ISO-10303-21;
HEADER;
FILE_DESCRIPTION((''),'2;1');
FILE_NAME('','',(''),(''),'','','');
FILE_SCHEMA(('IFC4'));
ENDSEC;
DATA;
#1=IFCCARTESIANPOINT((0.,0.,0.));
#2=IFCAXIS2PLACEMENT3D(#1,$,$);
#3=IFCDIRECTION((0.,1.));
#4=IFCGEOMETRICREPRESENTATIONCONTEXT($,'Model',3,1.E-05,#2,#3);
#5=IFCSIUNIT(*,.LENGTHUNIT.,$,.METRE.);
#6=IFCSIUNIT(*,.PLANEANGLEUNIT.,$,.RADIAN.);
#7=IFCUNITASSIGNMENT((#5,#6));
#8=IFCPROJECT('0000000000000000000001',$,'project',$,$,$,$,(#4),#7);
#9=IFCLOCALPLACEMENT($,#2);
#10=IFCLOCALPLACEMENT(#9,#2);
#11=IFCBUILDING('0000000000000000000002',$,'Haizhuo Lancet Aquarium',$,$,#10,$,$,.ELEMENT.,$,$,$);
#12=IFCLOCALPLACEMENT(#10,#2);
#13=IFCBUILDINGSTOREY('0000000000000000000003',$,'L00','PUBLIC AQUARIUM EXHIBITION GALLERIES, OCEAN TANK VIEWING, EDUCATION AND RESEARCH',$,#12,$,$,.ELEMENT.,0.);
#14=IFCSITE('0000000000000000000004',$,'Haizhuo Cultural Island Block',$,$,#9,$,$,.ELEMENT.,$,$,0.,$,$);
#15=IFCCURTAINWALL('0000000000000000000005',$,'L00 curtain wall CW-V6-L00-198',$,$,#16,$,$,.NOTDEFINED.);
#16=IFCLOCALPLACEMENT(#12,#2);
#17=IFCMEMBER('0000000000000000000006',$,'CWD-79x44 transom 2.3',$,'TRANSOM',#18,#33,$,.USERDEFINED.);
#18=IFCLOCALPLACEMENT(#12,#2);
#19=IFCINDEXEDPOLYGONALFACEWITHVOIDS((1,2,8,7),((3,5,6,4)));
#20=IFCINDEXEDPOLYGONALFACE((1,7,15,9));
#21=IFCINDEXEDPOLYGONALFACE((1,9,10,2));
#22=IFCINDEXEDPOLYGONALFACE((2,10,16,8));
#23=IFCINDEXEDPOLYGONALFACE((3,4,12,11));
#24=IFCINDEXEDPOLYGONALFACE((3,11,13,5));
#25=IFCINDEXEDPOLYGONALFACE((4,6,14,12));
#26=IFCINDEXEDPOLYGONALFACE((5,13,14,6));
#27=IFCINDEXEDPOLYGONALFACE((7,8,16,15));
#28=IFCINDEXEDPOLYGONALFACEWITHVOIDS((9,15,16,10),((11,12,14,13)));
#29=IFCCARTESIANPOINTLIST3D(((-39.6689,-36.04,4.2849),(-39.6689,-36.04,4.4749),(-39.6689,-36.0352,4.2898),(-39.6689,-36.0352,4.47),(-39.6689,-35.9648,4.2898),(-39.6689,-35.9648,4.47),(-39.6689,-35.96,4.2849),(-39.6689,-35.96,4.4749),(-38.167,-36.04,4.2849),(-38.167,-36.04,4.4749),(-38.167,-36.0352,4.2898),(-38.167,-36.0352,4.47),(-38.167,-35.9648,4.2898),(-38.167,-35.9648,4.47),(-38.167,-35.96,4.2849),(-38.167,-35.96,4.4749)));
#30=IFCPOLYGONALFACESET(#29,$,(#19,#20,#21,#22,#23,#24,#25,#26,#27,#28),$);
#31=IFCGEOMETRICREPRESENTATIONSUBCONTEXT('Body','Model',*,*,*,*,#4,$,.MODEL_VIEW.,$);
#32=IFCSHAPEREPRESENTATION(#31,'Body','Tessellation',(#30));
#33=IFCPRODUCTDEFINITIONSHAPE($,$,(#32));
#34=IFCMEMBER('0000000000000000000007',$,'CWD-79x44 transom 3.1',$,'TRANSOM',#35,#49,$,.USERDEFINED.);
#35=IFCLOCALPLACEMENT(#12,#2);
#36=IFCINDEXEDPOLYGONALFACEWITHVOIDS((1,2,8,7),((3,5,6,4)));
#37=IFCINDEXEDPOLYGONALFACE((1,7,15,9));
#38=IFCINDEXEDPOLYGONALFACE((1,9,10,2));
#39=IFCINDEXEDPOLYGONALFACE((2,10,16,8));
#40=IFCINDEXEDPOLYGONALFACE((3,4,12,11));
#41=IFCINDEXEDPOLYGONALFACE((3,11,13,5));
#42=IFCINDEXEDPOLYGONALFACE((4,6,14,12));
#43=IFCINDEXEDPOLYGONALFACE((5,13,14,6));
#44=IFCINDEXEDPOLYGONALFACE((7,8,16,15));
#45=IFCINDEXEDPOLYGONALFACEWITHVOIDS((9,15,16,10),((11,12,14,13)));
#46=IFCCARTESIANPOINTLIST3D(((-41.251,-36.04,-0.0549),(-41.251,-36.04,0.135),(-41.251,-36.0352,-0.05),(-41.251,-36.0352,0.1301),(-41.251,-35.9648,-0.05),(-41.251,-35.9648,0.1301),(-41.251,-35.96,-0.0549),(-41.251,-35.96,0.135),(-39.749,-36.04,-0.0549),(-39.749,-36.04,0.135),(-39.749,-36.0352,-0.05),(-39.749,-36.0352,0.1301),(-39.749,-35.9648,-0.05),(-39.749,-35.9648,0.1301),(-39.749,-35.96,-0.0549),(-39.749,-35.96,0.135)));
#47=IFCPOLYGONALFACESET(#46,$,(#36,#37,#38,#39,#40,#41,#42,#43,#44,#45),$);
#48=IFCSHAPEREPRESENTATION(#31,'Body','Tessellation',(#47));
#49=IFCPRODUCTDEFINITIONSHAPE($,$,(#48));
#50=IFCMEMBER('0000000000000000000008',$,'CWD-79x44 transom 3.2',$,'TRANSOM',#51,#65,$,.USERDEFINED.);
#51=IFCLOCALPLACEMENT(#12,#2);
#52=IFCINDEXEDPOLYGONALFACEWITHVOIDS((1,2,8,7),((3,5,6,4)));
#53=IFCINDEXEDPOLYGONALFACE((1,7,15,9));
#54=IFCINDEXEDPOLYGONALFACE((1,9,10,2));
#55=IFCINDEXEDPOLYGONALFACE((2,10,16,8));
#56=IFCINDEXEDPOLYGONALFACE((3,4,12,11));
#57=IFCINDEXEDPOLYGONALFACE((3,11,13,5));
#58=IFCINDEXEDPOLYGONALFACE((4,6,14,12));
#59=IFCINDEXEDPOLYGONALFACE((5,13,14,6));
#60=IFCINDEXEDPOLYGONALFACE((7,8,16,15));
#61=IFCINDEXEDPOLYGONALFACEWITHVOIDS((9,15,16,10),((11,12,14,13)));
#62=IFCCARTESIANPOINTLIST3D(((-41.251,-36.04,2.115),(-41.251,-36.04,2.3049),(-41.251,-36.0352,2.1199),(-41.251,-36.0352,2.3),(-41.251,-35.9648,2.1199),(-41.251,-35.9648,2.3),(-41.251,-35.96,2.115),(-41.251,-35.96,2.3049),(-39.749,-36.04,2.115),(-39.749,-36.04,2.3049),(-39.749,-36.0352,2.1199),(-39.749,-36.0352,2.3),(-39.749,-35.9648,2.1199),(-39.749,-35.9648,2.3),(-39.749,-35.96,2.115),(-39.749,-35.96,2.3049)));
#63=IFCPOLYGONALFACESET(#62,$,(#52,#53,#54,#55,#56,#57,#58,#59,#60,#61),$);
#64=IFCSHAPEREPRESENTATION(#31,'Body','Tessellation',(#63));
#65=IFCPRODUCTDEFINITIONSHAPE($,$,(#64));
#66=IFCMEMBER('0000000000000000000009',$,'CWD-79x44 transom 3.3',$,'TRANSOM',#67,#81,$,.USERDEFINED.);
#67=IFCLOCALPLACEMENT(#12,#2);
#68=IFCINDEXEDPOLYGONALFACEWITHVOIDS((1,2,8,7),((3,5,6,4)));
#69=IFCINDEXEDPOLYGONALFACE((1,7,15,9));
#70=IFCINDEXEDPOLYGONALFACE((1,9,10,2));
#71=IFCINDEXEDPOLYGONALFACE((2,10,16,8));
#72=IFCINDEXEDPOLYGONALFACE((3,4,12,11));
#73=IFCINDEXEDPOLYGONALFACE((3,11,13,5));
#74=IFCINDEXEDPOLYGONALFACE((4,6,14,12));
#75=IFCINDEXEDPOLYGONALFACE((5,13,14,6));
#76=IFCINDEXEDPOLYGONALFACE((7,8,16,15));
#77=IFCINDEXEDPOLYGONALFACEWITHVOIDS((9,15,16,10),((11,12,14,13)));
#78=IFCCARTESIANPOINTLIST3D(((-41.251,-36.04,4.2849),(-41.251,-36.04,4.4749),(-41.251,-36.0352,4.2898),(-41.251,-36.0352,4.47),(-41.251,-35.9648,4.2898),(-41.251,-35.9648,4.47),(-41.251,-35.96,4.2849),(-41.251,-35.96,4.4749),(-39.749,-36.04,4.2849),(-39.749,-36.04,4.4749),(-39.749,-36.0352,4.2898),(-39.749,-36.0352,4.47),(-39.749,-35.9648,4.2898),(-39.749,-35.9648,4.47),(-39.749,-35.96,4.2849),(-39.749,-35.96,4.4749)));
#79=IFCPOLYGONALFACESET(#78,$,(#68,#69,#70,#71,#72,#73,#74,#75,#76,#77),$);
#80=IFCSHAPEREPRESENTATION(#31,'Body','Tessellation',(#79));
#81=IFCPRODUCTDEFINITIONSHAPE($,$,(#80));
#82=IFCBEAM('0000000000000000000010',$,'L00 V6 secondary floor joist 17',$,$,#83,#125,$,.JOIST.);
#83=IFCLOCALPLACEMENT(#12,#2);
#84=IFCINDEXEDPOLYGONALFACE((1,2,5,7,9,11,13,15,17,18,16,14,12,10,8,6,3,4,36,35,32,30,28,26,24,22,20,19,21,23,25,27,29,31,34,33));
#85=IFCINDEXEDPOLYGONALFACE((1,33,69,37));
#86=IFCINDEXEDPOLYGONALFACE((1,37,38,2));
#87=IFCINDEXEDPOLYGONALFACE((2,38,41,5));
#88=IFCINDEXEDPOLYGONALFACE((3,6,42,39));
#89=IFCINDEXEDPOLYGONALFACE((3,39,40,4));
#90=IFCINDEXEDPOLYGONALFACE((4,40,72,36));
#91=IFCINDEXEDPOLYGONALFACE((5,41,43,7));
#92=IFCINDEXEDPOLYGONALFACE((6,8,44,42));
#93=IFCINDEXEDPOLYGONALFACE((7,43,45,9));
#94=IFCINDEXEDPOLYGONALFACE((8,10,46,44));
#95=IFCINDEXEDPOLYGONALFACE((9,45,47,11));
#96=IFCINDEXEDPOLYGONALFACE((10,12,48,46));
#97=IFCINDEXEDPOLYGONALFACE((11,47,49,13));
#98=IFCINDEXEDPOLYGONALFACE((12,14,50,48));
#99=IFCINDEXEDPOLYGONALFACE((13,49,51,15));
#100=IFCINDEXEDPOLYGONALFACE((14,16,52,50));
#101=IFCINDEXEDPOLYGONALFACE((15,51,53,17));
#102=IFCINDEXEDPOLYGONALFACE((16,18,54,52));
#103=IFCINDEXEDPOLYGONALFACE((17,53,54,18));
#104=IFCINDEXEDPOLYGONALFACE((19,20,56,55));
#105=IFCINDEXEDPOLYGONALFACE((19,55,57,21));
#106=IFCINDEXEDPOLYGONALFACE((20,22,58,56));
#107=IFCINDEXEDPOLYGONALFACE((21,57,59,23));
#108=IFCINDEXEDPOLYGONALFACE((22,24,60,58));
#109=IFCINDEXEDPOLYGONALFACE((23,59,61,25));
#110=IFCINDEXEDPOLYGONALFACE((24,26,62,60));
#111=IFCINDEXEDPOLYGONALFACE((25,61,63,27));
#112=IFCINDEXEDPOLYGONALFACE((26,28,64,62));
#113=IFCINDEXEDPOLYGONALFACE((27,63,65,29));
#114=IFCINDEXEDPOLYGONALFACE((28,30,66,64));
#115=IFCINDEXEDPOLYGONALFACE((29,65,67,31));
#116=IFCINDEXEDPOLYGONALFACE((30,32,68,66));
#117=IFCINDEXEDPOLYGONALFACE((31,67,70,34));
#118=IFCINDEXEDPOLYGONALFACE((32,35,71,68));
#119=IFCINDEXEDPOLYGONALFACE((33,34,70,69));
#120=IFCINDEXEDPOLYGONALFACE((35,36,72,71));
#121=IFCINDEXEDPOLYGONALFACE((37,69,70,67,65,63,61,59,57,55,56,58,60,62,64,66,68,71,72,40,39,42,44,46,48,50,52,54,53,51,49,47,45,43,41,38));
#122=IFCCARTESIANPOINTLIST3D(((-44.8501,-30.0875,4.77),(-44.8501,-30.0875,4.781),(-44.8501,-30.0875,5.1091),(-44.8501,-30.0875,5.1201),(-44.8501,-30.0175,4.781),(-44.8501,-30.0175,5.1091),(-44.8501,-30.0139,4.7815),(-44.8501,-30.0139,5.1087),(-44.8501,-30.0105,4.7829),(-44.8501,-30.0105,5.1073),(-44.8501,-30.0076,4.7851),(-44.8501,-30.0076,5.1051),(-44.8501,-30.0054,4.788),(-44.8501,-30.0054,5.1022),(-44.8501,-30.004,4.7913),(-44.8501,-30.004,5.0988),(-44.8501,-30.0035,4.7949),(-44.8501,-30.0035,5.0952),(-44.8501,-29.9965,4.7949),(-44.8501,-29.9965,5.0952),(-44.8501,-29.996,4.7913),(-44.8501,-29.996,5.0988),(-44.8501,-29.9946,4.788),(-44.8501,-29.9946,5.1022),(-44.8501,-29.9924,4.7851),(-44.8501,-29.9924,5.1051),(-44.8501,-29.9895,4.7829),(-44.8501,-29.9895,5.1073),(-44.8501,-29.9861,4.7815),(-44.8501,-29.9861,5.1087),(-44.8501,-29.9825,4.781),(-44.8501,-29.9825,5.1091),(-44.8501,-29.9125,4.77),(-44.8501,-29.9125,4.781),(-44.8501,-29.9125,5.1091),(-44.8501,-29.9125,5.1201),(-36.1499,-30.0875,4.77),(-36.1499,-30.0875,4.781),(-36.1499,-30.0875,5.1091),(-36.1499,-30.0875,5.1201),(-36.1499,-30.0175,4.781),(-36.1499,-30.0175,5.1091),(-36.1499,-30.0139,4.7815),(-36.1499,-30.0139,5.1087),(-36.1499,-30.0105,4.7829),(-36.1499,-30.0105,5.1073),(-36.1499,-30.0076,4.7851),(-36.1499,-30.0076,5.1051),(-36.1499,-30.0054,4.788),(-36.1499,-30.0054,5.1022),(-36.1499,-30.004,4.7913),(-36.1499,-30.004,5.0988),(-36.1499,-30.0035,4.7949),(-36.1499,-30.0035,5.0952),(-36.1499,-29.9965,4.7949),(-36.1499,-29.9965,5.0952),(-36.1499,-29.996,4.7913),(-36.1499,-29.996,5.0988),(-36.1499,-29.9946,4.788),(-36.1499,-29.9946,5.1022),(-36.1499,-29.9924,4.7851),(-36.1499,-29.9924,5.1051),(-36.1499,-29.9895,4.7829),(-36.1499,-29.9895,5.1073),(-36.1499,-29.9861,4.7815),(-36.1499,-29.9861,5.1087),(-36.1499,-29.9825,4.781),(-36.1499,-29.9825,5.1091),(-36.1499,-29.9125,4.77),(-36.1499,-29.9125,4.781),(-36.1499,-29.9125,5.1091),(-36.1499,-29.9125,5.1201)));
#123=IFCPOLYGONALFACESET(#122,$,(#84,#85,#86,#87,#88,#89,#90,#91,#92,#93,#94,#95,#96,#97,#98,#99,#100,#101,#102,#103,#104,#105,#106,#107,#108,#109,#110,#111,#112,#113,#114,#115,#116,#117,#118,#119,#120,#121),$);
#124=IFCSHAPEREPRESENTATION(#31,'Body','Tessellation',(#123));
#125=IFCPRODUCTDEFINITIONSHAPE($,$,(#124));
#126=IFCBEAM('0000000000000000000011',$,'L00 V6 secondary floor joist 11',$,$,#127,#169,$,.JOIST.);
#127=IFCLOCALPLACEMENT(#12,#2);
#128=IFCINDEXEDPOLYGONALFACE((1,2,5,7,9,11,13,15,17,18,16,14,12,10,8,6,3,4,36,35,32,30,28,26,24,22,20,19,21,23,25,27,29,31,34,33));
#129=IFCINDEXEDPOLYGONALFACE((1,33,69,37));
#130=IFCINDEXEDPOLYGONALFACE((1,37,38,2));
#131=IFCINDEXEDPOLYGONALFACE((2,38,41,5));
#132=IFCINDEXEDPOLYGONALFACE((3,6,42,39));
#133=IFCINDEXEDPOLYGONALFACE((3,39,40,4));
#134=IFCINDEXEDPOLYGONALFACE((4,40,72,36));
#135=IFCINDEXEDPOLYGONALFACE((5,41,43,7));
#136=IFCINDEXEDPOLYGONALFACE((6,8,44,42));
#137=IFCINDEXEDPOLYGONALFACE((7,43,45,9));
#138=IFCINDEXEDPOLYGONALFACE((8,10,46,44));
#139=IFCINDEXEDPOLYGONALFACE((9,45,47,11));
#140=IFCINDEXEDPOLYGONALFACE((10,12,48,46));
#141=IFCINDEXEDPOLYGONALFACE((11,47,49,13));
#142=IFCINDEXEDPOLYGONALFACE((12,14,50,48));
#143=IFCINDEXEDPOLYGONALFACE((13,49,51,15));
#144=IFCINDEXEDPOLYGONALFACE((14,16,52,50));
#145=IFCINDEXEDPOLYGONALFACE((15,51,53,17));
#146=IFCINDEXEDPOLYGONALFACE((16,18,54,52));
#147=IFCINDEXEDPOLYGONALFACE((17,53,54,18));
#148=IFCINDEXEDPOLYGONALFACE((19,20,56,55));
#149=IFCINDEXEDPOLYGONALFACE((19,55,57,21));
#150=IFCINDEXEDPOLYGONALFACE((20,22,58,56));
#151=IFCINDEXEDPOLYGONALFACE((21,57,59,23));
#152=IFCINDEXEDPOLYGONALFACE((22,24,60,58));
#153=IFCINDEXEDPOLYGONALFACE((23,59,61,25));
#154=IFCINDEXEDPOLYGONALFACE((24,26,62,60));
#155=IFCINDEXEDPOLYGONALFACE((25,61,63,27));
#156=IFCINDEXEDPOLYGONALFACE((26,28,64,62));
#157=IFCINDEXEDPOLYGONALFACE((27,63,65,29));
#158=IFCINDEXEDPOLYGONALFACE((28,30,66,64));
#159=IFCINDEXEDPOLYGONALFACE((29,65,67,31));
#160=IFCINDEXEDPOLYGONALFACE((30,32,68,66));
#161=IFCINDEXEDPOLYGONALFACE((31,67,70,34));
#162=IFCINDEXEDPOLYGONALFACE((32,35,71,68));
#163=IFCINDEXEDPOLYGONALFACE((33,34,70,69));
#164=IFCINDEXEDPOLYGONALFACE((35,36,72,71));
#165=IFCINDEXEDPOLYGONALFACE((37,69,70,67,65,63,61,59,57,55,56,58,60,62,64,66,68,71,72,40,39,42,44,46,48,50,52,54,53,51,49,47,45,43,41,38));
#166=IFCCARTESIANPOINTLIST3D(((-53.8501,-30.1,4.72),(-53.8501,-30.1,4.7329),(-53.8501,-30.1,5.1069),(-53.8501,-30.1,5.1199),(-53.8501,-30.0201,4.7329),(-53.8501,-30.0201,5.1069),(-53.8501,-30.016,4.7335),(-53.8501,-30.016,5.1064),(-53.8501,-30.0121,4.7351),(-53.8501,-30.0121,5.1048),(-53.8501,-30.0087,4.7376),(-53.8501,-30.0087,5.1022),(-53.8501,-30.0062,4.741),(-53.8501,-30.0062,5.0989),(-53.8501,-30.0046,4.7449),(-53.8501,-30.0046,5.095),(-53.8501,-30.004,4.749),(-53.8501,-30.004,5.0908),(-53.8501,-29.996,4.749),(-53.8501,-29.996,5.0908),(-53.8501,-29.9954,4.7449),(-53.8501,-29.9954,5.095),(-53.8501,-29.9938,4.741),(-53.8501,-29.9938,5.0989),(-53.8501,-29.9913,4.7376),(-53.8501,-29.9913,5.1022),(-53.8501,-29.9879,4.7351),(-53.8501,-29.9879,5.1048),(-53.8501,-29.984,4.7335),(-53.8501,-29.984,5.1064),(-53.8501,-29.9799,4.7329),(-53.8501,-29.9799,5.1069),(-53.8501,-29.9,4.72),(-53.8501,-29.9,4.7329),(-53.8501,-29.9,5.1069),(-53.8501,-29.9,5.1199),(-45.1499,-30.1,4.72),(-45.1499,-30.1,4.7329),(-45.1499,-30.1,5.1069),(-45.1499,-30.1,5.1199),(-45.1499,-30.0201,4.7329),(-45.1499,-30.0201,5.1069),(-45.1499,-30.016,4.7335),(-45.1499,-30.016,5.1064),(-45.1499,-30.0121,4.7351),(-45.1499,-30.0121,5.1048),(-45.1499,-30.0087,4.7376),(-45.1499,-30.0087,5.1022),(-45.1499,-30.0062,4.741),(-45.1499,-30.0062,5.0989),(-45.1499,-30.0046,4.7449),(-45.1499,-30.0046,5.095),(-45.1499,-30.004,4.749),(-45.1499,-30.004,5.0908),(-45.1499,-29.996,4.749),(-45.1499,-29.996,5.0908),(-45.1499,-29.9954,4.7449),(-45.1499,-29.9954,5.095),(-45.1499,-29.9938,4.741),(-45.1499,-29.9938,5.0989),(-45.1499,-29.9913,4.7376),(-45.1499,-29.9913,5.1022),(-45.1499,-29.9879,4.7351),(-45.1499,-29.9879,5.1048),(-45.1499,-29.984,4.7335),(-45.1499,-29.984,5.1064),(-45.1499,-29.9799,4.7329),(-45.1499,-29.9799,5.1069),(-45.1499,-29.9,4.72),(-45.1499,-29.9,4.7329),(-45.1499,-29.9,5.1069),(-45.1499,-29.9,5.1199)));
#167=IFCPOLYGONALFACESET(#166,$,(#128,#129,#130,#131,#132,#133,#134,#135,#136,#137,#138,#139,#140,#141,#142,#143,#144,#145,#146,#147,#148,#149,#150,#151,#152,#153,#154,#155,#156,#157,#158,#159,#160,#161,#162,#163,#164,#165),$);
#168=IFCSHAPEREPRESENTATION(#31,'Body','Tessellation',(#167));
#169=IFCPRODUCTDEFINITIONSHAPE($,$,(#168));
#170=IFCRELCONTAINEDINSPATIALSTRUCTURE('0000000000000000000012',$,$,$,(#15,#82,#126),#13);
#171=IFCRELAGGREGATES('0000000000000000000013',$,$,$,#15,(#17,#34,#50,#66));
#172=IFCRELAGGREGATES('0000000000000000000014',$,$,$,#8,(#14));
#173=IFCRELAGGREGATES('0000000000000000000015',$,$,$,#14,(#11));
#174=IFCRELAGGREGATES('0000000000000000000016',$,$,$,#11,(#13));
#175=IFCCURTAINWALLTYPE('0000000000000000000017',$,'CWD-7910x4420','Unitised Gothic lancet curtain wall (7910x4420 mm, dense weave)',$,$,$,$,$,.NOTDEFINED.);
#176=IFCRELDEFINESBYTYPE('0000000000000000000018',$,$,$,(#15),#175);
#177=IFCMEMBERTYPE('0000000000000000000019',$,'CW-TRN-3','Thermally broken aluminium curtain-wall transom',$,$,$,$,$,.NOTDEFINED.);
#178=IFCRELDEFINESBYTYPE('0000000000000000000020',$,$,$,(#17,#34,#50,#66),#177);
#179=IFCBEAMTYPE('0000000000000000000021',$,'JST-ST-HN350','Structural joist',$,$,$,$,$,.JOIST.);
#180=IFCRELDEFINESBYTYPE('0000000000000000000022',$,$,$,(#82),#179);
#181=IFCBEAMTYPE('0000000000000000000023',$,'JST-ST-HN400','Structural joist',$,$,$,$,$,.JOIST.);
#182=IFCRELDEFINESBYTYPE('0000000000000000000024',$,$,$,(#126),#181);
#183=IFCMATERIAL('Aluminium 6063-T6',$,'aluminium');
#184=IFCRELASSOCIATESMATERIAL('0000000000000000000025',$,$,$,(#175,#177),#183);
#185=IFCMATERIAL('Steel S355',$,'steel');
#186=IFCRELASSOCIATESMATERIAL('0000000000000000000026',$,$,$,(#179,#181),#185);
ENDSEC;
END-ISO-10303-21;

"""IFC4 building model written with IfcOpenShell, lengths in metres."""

from ifc_helpers import new_model, si_unit, direction, frame, origin, origin_2d, place, context, subcontext, project, spatial, hollow_rectangle, i_section, extrude, material, material_profile, profile_set, type_object, element, aggregate, save


model = new_model("IFC4")

# Units and contexts
model_context = context("Model", 3, precision=1e-05, world=origin(), true_north=direction((0.0, 1.0)))
body_context = subcontext(model_context, "Body", "Model", "MODEL_VIEW")
ifc_project = project(units=[si_unit("LENGTHUNIT", "METRE"), si_unit("PLANEANGLEUNIT", "RADIAN")], contexts=[model_context])

# Site, building, storey
site_placement = place(None, origin())
site = spatial("IfcSite", under=ifc_project, at=site_placement, Name="Haizhuo Cultural Island Block", CompositionType="ELEMENT", RefElevation=0.0)
building_placement = place(site_placement, origin())
building = spatial("IfcBuilding", under=site, at=building_placement, Name="Haizhuo Lancet Aquarium", CompositionType="ELEMENT")
storey_placement = place(building_placement, origin())
storey = spatial("IfcBuildingStorey", under=building, at=storey_placement, Name="L00", Description="PUBLIC AQUARIUM EXHIBITION GALLERIES, OCEAN TANK VIEWING, EDUCATION AND RESEARCH", CompositionType="ELEMENT", Elevation=0.0)

# Shared definitions
ifc_material_1 = material(Name="Steel S355", Category="steel")

# Curtain wall, members
ifc_material_2 = material(Name="Aluminium 6063-T6", Category="aluminium")
curtain_wall_type = type_object("IfcCurtainWallType", Name="CWD-7910x4420", Description="Unitised Gothic lancet curtain wall (7910x4420 mm, dense weave)", PredefinedType="NOTDEFINED", material=ifc_material_2)
curtain_wall_placement = place(storey_placement, origin())
curtain_wall = element("IfcCurtainWall", 1, at=curtain_wall_placement, inside=storey, type_object=curtain_wall_type, Name="L00 curtain wall CW-V6-L00-198", PredefinedType="NOTDEFINED")
ifc_material_profile_1 = material_profile(ifc_material_2, hollow_rectangle(XDim=0.0801, YDim=0.1899, WallThickness=0.0049, at=origin_2d()), Name="ALU-T 80x190x5")
ifc_profile_set_1 = profile_set([ifc_material_profile_1], Name="Aluminium 6063-T6")
member_type_1 = type_object("IfcMemberType", Name="CW-TRN-3", Description="Thermally broken aluminium curtain-wall transom", PredefinedType="NOTDEFINED", material=ifc_profile_set_1)
member_1_placement = place(storey_placement, frame((-38.167, -36.0, 4.3799), z_axis=(-1.0, 0.0, 0.0), x_axis=(0.0, -1.0, 0.0)))
member_1 = element("IfcMember", 2, at=member_1_placement, type_object=member_type_1, Name="CWD-79x44 transom 2.3", ObjectType="TRANSOM", PredefinedType="USERDEFINED", context=body_context, shape_type="SweptSolid", body=[
    extrude(hollow_rectangle(XDim=0.0801, YDim=0.1899, WallThickness=0.0049, at=origin_2d()), origin(), (0.0, 0.0, 1.0), 1.502),
])
member_2_placement = place(storey_placement, frame((-39.749, -36.0, 0.04), z_axis=(-1.0, 0.0, 0.0), x_axis=(0.0, -1.0, 0.0)))
member_2 = element("IfcMember", 3, at=member_2_placement, type_object=member_type_1, Name="CWD-79x44 transom 3.1", ObjectType="TRANSOM", PredefinedType="USERDEFINED", context=body_context, shape_type="SweptSolid", body=[
    extrude(hollow_rectangle(XDim=0.0801, YDim=0.1899, WallThickness=0.0049, at=origin_2d()), origin(), (0.0, 0.0, 1.0), 1.502),
])
member_3_placement = place(storey_placement, frame((-39.749, -36.0, 2.21), z_axis=(-1.0, 0.0, 0.0), x_axis=(0.0, -1.0, 0.0)))
member_3 = element("IfcMember", 4, at=member_3_placement, type_object=member_type_1, Name="CWD-79x44 transom 3.2", ObjectType="TRANSOM", PredefinedType="USERDEFINED", context=body_context, shape_type="SweptSolid", body=[
    extrude(hollow_rectangle(XDim=0.0801, YDim=0.1899, WallThickness=0.0049, at=origin_2d()), origin(), (0.0, 0.0, 1.0), 1.502),
])
member_4_placement = place(storey_placement, frame((-39.749, -36.0, 4.3799), z_axis=(-1.0, 0.0, 0.0), x_axis=(0.0, -1.0, 0.0)))
member_4 = element("IfcMember", 5, at=member_4_placement, type_object=member_type_1, Name="CWD-79x44 transom 3.3", ObjectType="TRANSOM", PredefinedType="USERDEFINED", context=body_context, shape_type="SweptSolid", body=[
    extrude(hollow_rectangle(XDim=0.0801, YDim=0.1899, WallThickness=0.0049, at=origin_2d()), origin(), (0.0, 0.0, 1.0), 1.502),
])

# Beams
ifc_material_profile_2 = material_profile(ifc_material_1, i_section(OverallWidth=0.175, OverallDepth=0.3501, WebThickness=0.0071, FlangeThickness=0.011, FilletRadius=0.0139, at=origin_2d()), Name="HN 350x175x7x11")
ifc_profile_set_2 = profile_set([ifc_material_profile_2], Name="Steel S355")
beam_type_1 = type_object("IfcBeamType", Name="JST-ST-HN350", Description="Structural joist", PredefinedType="JOIST", material=ifc_profile_set_2)
beam_placement = place(storey_placement, frame((-44.8501, -30.0, 4.9451), z_axis=(1.0, 0.0, 0.0), x_axis=(0.0, 1.0, 0.0)))
element("IfcBeam", 6, at=beam_placement, inside=storey, type_object=beam_type_1, Name="L00 V6 secondary floor joist 17", PredefinedType="JOIST", context=body_context, shape_type="SweptSolid", body=[
    extrude(i_section(OverallWidth=0.175, OverallDepth=0.3501, WebThickness=0.0071, FlangeThickness=0.011, FilletRadius=0.0139, at=origin_2d()), origin(), (0.0, 0.0, 1.0), 8.7002),
])
ifc_material_profile_3 = material_profile(ifc_material_1, i_section(OverallWidth=0.2, OverallDepth=0.3999, WebThickness=0.0081, FlangeThickness=0.0129, FilletRadius=0.0161, at=origin_2d()), Name="HN 400x200x8x13")
ifc_profile_set_3 = profile_set([ifc_material_profile_3], Name="Steel S355")
beam_type_2 = type_object("IfcBeamType", Name="JST-ST-HN400", Description="Structural joist", PredefinedType="JOIST", material=ifc_profile_set_3)
for number, where, z_axis, x_axis, name in (
    (7, (-53.8501, -30.0, 4.9199), (1.0, 0.0, 0.0), (0.0, 1.0, 0.0), "L00 V6 secondary floor joist 11"),
):
    element("IfcBeam", number, at=place(storey_placement, frame(where, z_axis=z_axis, x_axis=x_axis)), inside=storey, type_object=beam_type_2, Name=name, PredefinedType="JOIST", context=body_context, shape_type="SweptSolid", body=[
        extrude(i_section(OverallWidth=0.2, OverallDepth=0.3999, WebThickness=0.0081, FlangeThickness=0.0129, FilletRadius=0.0161, at=origin_2d()), origin(), (0.0, 0.0, 1.0), 8.7002),
    ])

aggregate(curtain_wall, [member_1, member_2, member_3, member_4])

save(model, "model.ifc")
